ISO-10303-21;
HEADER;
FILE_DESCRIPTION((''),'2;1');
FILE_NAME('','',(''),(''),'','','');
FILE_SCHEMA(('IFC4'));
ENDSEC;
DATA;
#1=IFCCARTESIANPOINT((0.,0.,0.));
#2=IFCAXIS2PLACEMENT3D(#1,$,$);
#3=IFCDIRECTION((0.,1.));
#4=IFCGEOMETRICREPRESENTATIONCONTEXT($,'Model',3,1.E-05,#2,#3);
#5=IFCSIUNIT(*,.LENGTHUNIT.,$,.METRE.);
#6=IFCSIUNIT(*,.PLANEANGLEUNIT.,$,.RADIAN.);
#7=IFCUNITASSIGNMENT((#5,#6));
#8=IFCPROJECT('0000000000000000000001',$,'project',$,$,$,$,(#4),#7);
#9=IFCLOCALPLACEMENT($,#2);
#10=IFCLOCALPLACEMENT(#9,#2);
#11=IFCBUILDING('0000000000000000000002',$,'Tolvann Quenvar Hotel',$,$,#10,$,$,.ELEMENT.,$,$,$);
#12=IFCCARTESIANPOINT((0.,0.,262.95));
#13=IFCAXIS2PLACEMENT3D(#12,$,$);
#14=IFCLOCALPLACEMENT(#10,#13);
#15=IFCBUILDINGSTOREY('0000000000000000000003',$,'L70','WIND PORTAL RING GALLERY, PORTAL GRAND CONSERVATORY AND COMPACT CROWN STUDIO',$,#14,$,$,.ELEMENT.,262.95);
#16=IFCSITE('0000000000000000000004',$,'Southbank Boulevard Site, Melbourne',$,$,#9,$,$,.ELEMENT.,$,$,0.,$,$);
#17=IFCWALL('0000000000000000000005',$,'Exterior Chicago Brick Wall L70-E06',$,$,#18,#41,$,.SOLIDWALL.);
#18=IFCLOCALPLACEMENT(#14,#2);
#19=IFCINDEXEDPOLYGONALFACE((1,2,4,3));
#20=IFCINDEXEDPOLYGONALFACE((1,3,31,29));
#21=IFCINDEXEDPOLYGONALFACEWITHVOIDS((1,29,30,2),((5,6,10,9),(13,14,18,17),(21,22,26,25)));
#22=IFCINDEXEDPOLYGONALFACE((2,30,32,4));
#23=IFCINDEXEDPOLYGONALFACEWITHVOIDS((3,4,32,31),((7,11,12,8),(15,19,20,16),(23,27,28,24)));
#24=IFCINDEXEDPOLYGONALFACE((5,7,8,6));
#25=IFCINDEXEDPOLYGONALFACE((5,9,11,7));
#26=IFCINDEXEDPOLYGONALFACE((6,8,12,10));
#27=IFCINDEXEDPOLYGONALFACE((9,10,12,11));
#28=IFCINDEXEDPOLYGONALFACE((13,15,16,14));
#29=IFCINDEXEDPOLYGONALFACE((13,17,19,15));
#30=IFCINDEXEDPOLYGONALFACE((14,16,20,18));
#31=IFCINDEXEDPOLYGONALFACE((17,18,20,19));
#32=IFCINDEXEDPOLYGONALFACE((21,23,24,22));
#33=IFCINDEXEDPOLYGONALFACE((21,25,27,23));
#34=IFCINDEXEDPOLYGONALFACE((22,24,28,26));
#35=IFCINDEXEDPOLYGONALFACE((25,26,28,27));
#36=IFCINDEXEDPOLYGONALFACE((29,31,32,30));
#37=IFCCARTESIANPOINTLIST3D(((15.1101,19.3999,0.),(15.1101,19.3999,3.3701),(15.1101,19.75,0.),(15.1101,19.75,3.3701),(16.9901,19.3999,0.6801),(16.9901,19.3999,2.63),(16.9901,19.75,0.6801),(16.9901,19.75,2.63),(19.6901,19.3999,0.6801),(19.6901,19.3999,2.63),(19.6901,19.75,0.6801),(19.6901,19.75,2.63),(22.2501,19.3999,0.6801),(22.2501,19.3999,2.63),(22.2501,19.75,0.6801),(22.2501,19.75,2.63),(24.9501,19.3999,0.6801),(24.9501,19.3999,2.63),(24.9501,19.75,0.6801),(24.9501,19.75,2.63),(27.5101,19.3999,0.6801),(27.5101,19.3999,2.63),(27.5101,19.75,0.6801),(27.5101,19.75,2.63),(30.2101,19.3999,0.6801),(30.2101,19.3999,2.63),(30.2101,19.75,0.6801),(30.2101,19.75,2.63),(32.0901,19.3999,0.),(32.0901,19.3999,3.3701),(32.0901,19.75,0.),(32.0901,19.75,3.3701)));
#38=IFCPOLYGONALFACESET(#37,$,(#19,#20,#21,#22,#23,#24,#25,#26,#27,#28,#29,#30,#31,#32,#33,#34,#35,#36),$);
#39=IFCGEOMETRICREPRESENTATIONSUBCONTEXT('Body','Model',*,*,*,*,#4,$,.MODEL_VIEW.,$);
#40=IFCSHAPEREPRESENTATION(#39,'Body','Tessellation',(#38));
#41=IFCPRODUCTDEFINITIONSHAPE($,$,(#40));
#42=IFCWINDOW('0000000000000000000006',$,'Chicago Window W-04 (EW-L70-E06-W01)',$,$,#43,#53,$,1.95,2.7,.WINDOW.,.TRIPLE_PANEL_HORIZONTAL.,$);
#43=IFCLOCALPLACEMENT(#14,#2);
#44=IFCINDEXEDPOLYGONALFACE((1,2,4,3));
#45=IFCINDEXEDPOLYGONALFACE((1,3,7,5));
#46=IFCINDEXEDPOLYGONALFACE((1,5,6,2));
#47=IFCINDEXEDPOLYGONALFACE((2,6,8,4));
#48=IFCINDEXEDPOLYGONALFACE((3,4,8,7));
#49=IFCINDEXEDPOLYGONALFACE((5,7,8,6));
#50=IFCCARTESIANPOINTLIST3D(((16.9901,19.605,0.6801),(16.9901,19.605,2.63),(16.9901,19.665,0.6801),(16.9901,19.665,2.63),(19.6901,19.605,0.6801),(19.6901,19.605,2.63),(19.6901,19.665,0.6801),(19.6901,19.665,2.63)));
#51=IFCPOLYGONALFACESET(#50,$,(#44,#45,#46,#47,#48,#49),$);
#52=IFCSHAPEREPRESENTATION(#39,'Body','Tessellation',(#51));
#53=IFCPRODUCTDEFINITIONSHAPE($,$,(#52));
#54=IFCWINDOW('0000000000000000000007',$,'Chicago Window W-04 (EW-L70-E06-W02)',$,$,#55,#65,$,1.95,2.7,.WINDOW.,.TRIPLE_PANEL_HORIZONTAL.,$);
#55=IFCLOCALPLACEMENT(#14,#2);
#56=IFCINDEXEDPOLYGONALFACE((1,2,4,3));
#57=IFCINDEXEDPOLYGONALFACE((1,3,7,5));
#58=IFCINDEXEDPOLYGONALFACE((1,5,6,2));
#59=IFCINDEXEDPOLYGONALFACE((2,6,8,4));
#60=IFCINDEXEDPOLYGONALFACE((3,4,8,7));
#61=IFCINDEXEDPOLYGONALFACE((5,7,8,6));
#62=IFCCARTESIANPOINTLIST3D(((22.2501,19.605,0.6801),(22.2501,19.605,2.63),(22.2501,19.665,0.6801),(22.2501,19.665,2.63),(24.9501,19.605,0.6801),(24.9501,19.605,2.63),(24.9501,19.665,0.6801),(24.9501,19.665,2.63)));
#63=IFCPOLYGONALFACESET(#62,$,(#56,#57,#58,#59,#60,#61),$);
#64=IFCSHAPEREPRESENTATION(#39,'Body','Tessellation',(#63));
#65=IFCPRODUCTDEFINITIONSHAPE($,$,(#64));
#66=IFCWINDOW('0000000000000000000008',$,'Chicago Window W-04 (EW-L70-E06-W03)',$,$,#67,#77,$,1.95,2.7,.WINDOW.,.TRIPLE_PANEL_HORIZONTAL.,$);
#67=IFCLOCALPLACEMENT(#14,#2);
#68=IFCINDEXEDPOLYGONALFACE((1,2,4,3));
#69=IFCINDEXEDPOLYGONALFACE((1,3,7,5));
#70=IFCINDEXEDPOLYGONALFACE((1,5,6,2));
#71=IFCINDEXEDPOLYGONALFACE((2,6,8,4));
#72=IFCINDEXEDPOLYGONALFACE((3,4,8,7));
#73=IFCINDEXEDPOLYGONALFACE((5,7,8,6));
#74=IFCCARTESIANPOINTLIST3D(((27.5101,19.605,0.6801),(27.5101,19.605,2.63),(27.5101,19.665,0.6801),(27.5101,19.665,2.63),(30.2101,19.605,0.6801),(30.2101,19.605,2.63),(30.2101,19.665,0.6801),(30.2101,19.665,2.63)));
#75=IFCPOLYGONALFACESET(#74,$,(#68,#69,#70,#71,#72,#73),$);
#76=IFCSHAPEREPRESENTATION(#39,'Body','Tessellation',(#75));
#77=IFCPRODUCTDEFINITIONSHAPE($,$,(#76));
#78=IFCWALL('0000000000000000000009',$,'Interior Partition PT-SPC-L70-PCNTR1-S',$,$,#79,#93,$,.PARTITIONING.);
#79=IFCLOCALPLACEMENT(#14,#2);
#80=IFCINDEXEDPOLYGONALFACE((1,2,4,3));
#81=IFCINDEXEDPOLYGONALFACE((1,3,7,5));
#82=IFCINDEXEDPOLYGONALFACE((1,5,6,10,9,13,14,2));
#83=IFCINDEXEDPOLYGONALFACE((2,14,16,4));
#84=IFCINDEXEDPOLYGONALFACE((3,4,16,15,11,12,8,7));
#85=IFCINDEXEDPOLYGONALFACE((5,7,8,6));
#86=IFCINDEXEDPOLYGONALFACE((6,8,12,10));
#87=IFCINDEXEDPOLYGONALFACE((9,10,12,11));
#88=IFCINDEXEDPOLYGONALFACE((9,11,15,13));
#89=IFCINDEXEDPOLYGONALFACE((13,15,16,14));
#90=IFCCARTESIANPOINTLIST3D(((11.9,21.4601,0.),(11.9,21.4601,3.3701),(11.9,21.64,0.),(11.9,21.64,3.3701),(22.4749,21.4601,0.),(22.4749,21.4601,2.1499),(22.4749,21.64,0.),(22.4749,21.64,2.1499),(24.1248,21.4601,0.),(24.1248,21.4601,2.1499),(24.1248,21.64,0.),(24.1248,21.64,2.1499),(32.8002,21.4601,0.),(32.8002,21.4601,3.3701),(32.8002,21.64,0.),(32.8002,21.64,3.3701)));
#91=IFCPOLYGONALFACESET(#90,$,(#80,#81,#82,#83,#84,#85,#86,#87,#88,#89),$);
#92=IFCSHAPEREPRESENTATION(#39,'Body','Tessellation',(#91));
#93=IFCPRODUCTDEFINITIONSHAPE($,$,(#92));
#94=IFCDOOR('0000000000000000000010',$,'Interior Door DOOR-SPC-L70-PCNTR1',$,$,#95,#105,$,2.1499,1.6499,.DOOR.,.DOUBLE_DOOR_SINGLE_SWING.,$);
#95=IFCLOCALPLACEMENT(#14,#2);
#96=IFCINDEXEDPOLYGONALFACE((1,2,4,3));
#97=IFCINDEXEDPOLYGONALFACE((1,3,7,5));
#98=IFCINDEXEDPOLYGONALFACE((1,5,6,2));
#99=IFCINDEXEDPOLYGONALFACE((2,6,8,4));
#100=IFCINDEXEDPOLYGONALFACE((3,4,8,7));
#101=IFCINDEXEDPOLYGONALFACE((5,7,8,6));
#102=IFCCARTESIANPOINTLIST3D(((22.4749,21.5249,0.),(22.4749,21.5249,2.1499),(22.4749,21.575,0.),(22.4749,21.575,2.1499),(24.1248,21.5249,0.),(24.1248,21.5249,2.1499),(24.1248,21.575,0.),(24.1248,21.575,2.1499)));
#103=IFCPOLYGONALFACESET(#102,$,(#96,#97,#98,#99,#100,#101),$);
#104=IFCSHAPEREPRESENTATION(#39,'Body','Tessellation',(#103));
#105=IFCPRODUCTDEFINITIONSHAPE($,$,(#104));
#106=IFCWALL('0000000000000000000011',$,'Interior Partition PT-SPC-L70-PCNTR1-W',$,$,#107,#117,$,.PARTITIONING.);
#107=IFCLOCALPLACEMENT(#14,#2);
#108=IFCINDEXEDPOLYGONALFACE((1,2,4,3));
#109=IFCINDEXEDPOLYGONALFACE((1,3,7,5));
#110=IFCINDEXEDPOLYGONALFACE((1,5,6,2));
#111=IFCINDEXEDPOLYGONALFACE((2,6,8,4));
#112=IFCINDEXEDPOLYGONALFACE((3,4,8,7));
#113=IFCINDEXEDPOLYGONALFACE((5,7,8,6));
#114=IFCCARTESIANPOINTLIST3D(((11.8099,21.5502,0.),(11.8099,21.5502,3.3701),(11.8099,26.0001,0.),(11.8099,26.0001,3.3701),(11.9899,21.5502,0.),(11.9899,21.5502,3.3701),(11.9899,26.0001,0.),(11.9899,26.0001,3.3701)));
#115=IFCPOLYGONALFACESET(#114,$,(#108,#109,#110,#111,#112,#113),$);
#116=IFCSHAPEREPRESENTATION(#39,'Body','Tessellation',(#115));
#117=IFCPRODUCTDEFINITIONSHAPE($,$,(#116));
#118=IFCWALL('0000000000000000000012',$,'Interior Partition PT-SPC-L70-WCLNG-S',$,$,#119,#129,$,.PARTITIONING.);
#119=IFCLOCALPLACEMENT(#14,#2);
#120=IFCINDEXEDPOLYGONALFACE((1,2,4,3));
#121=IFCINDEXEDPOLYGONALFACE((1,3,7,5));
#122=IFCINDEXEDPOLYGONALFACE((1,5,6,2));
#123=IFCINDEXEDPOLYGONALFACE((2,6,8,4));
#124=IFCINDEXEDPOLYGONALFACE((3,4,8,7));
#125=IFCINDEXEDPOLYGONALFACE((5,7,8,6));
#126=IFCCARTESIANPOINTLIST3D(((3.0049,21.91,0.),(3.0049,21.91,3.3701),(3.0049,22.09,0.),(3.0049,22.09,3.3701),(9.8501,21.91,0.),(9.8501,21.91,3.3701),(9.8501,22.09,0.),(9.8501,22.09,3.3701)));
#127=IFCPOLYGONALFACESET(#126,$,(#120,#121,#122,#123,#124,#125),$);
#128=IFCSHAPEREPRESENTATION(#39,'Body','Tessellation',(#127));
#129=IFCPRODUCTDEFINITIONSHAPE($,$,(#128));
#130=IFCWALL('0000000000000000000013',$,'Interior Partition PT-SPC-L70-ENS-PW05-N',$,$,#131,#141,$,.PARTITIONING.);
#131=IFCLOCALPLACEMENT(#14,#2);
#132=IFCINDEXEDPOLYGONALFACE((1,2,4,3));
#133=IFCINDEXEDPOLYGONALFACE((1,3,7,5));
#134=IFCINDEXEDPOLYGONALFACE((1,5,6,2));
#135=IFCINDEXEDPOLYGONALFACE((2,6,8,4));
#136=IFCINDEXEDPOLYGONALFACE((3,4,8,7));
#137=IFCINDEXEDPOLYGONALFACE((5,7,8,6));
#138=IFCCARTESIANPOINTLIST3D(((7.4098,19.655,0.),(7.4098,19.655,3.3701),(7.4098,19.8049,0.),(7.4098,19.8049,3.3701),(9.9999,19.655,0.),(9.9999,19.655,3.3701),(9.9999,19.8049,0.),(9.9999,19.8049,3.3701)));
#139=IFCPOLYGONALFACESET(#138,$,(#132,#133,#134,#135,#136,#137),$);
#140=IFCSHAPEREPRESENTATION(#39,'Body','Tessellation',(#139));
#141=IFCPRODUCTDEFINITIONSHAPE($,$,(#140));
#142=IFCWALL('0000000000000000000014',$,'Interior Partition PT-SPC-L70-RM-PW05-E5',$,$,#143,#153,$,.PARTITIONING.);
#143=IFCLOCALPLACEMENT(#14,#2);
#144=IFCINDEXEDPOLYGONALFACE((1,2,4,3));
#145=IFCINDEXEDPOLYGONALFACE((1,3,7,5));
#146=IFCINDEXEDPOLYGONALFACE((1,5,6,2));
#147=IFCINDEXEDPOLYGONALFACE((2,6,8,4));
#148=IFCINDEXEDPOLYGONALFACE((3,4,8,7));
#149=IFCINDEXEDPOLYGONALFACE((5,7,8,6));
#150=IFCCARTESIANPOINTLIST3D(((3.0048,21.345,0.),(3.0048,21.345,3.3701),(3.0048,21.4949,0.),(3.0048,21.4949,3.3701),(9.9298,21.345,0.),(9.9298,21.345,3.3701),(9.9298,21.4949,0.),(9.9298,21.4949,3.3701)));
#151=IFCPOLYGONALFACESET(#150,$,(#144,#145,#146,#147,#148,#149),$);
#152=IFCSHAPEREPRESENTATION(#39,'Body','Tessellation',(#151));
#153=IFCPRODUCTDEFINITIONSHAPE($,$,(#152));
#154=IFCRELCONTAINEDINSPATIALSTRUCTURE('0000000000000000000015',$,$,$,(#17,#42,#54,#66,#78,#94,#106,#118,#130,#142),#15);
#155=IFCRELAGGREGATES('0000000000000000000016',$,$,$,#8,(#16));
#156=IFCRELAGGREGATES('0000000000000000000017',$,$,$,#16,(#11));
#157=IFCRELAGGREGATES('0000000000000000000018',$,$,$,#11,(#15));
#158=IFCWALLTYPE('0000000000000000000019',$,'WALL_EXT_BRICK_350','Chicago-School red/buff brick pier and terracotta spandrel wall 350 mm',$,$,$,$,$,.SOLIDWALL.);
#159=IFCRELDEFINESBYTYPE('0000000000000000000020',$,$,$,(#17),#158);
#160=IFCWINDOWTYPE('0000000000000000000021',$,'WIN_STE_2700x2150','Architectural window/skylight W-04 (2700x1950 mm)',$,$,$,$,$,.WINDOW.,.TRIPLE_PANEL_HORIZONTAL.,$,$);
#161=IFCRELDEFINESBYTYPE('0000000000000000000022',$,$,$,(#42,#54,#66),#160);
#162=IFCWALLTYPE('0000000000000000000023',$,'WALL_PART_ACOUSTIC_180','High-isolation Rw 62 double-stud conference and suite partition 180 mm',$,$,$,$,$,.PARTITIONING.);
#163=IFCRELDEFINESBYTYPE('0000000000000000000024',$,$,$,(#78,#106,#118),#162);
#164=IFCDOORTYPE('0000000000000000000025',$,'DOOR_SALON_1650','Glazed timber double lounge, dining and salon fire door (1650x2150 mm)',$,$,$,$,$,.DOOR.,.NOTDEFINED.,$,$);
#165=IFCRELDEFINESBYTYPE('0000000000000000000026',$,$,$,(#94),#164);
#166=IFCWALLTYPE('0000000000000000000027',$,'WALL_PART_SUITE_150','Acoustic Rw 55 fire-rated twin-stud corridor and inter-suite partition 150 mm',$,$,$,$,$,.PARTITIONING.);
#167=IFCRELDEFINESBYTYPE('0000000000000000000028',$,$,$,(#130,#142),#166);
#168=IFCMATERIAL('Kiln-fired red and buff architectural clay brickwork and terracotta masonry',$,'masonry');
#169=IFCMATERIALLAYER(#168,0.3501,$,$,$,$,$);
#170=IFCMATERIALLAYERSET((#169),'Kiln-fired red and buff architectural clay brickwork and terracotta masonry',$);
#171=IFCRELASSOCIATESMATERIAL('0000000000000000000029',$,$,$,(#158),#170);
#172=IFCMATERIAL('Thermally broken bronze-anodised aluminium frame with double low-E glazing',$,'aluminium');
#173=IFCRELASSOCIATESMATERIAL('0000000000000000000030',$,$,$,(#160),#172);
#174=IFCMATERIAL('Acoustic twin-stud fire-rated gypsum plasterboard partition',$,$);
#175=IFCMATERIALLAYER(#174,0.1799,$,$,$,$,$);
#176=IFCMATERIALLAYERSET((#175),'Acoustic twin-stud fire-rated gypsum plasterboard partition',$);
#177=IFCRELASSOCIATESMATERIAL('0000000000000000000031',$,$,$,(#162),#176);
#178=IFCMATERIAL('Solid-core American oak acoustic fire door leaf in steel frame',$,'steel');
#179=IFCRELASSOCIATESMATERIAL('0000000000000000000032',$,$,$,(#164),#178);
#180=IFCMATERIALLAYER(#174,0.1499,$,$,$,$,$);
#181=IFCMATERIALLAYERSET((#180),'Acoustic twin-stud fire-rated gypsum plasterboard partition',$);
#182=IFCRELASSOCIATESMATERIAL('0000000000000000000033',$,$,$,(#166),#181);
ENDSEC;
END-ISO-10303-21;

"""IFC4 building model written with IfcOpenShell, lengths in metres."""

from ifc_helpers import new_model, si_unit, direction, frame, frame_2d, origin, place, context, subcontext, project, spatial, rectangle, extrude, source, transform, mapped, material, layer, layer_set, type_object, type_shapes, element, fill, save


model = new_model("IFC4")

# Units and contexts
model_context = context("Model", 3, precision=1e-05, world=origin(), true_north=direction((0.0, 1.0)))
body_context = subcontext(model_context, "Body", "Model", "MODEL_VIEW")
ifc_project = project(units=[si_unit("LENGTHUNIT", "METRE"), si_unit("PLANEANGLEUNIT", "RADIAN")], contexts=[model_context])

# Site, building, storey
site_placement = place(None, origin())
site = spatial("IfcSite", under=ifc_project, at=site_placement, Name="Southbank Boulevard Site, Melbourne", CompositionType="ELEMENT", RefElevation=0.0)
building_placement = place(site_placement, origin())
building = spatial("IfcBuilding", under=site, at=building_placement, Name="Tolvann Quenvar Hotel", CompositionType="ELEMENT")
storey_placement = place(building_placement, frame((0.0, 0.0, 262.95)))
storey = spatial("IfcBuildingStorey", under=building, at=storey_placement, Name="L70", Description="WIND PORTAL RING GALLERY, PORTAL GRAND CONSERVATORY AND COMPACT CROWN STUDIO", CompositionType="ELEMENT", Elevation=262.95)

# Wall, openings, windows
ifc_material_1 = material(Name="Kiln-fired red and buff architectural clay brickwork and terracotta masonry", Category="masonry")
ifc_layer_1 = layer(ifc_material_1, 0.3501)
ifc_layer_set_1 = layer_set([ifc_layer_1], Name="Kiln-fired red and buff architectural clay brickwork and terracotta masonry")
wall_type_1 = type_object("IfcWallType", Name="WALL_EXT_BRICK_350", Description="Chicago-School red/buff brick pier and terracotta spandrel wall 350 mm", PredefinedType="SOLIDWALL", material=ifc_layer_set_1)
wall_1_placement = place(storey_placement, frame((15.1101, 19.575, 0.0), z_axis=(0.0, 0.0, 1.0), x_axis=(1.0, 0.0, 0.0)))
wall_1 = element("IfcWall", 1, at=wall_1_placement, inside=storey, type_object=wall_type_1, Name="Exterior Chicago Brick Wall L70-E06", PredefinedType="SOLIDWALL", context=body_context, shape_type="SweptSolid", body=[
    extrude(rectangle(XDim=16.98, YDim=0.3501, at=frame_2d((8.49, 0.0))), origin(), (0.0, 0.0, 1.0), 3.3701),
])
opening_1_placement = place(wall_1_placement, frame((1.8799, 0.0, 0.6799)))
opening_1 = element("IfcOpeningElement", 2, at=opening_1_placement, cuts=wall_1, PredefinedType="OPENING", context=body_context, shape_type="SweptSolid", body=[
    extrude(rectangle(XDim=2.7, YDim=1.95, at=frame_2d((1.3501, 0.9751))), frame((0.0, 0.1851, 0.0), z_axis=(0.0, -1.0, 0.0), x_axis=(1.0, 0.0, 0.0)), (0.0, 0.0, 1.0), 0.3701),
])
opening_2_placement = place(wall_1_placement, frame((7.1399, 0.0, 0.6799)))
opening_2 = element("IfcOpeningElement", 3, at=opening_2_placement, cuts=wall_1, PredefinedType="OPENING", context=body_context, shape_type="SweptSolid", body=[
    extrude(rectangle(XDim=2.7, YDim=1.95, at=frame_2d((1.3501, 0.9751))), frame((0.0, 0.1851, 0.0), z_axis=(0.0, -1.0, 0.0), x_axis=(1.0, 0.0, 0.0)), (0.0, 0.0, 1.0), 0.3701),
])
opening_3_placement = place(wall_1_placement, frame((12.3999, 0.0, 0.6799)))
opening_3 = element("IfcOpeningElement", 4, at=opening_3_placement, cuts=wall_1, PredefinedType="OPENING", context=body_context, shape_type="SweptSolid", body=[
    extrude(rectangle(XDim=2.7, YDim=1.95, at=frame_2d((1.3501, 0.9751))), frame((0.0, 0.1851, 0.0), z_axis=(0.0, -1.0, 0.0), x_axis=(1.0, 0.0, 0.0)), (0.0, 0.0, 1.0), 0.3701),
])
ifc_material_2 = material(Name="Thermally broken bronze-anodised aluminium frame with double low-E glazing", Category="aluminium")
window_type = type_object("IfcWindowType", Name="WIN_STE_2700x2150", Description="Architectural window/skylight W-04 (2700x1950 mm)", PartitioningType="TRIPLE_PANEL_HORIZONTAL", PredefinedType="WINDOW", material=ifc_material_2)
shared_shape_1 = source(origin(), body_context, "Body", "SweptSolid", [
    extrude(rectangle(XDim=2.7, YDim=1.95, at=frame_2d((1.3501, 0.9751))), frame((0.0, 0.0901, 0.0), z_axis=(0.0, -1.0, 0.0), x_axis=(1.0, 0.0, 0.0)), (0.0, 0.0, 1.0), 0.0601),
])
type_shapes(window_type, [shared_shape_1])
window_1_placement = place(opening_1_placement, origin())
window_1 = element("IfcWindow", 5, at=window_1_placement, inside=storey, type_object=window_type, Name="Chicago Window W-04 (EW-L70-E06-W01)", OverallHeight=1.95, OverallWidth=2.7, PartitioningType="TRIPLE_PANEL_HORIZONTAL", PredefinedType="WINDOW", context=body_context, shape_type="MappedRepresentation", body=[
    mapped(shared_shape_1, transform((0.0, 0.0, 0.0), x_axis=(1.0, 0.0, 0.0), y_axis=(0.0, 1.0, 0.0), z_axis=(0.0, 0.0, 1.0), scale=1.0)),
])
fill(opening_1, window_1)
window_2_placement = place(opening_2_placement, origin())
window_2 = element("IfcWindow", 6, at=window_2_placement, inside=storey, type_object=window_type, Name="Chicago Window W-04 (EW-L70-E06-W02)", OverallHeight=1.95, OverallWidth=2.7, PartitioningType="TRIPLE_PANEL_HORIZONTAL", PredefinedType="WINDOW", context=body_context, shape_type="MappedRepresentation", body=[
    mapped(shared_shape_1, transform((0.0, 0.0, 0.0), x_axis=(1.0, 0.0, 0.0), y_axis=(0.0, 1.0, 0.0), z_axis=(0.0, 0.0, 1.0), scale=1.0)),
])
fill(opening_2, window_2)
window_3_placement = place(opening_3_placement, origin())
window_3 = element("IfcWindow", 7, at=window_3_placement, inside=storey, type_object=window_type, Name="Chicago Window W-04 (EW-L70-E06-W03)", OverallHeight=1.95, OverallWidth=2.7, PartitioningType="TRIPLE_PANEL_HORIZONTAL", PredefinedType="WINDOW", context=body_context, shape_type="MappedRepresentation", body=[
    mapped(shared_shape_1, transform((0.0, 0.0, 0.0), x_axis=(1.0, 0.0, 0.0), y_axis=(0.0, 1.0, 0.0), z_axis=(0.0, 0.0, 1.0), scale=1.0)),
])
fill(opening_3, window_3)

# Wall, opening, door
ifc_material_3 = material(Name="Acoustic twin-stud fire-rated gypsum plasterboard partition")
ifc_layer_2 = layer(ifc_material_3, 0.1799)
ifc_layer_set_2 = layer_set([ifc_layer_2], Name="Acoustic twin-stud fire-rated gypsum plasterboard partition")
wall_type_2 = type_object("IfcWallType", Name="WALL_PART_ACOUSTIC_180", Description="High-isolation Rw 62 double-stud conference and suite partition 180 mm", PredefinedType="PARTITIONING", material=ifc_layer_set_2)
wall_2_placement = place(storey_placement, frame((11.8999, 21.55, 0.0), z_axis=(0.0, 0.0, 1.0), x_axis=(1.0, 0.0, 0.0)))
wall_2 = element("IfcWall", 8, at=wall_2_placement, inside=storey, type_object=wall_type_2, Name="Interior Partition PT-SPC-L70-PCNTR1-S", PredefinedType="PARTITIONING", context=body_context, shape_type="SweptSolid", body=[
    extrude(rectangle(XDim=20.9001, YDim=0.1799, at=frame_2d((10.4502, 0.0))), origin(), (0.0, 0.0, 1.0), 3.3701),
])
opening_4_placement = place(wall_2_placement, frame((10.575, 0.0, 0.0)))
opening_4 = element("IfcOpeningElement", 9, at=opening_4_placement, cuts=wall_2, PredefinedType="OPENING", context=body_context, shape_type="SweptSolid", body=[
    extrude(rectangle(XDim=1.6499, YDim=2.1499, at=frame_2d((0.825, 1.075))), frame((0.0, 0.1001, 0.0), z_axis=(0.0, -1.0, 0.0), x_axis=(1.0, 0.0, 0.0)), (0.0, 0.0, 1.0), 0.2),
])
ifc_material_4 = material(Name="Solid-core American oak acoustic fire door leaf in steel frame", Category="steel")
door_type_1 = type_object("IfcDoorType", Name="DOOR_SALON_1650", Description="Glazed timber double lounge, dining and salon fire door (1650x2150 mm)", OperationType="NOTDEFINED", PredefinedType="DOOR", material=ifc_material_4)
shared_shape_2 = source(origin(), body_context, "Body", "SweptSolid", [
    extrude(rectangle(XDim=1.6499, YDim=2.1499, at=frame_2d((0.825, 1.075))), frame((0.0, 0.0249, 0.0), z_axis=(0.0, -1.0, 0.0), x_axis=(1.0, 0.0, 0.0)), (0.0, 0.0, 1.0), 0.05),
])
type_shapes(door_type_1, [shared_shape_2])
door_1_placement = place(opening_4_placement, origin())
door_1 = element("IfcDoor", 10, at=door_1_placement, inside=storey, type_object=door_type_1, Name="Interior Door DOOR-SPC-L70-PCNTR1", OperationType="DOUBLE_DOOR_SINGLE_SWING", OverallHeight=2.1499, OverallWidth=1.6499, PredefinedType="DOOR", context=body_context, shape_type="MappedRepresentation", body=[
    mapped(shared_shape_2, transform((0.0, 0.0, 0.0), x_axis=(1.0, 0.0, 0.0), y_axis=(0.0, 1.0, 0.0), z_axis=(0.0, 0.0, 1.0), scale=1.0)),
])
fill(opening_4, door_1)

# Walls
wall_3_placement = place(storey_placement, frame((11.8999, 21.55, 0.0), z_axis=(0.0, 0.0, 1.0), x_axis=(0.0, 1.0, 0.0)))
element("IfcWall", 11, at=wall_3_placement, inside=storey, type_object=wall_type_2, Name="Interior Partition PT-SPC-L70-PCNTR1-W", PredefinedType="PARTITIONING", context=body_context, shape_type="SweptSolid", body=[
    extrude(rectangle(XDim=4.45, YDim=0.1799, at=frame_2d((2.2251, 0.0))), origin(), (0.0, 0.0, 1.0), 3.3701),
])
wall_4_placement = place(storey_placement, frame((3.0049, 22.0, 0.0), z_axis=(0.0, 0.0, 1.0), x_axis=(1.0, 0.0, 0.0)))
element("IfcWall", 12, at=wall_4_placement, inside=storey, type_object=wall_type_2, Name="Interior Partition PT-SPC-L70-WCLNG-S", PredefinedType="PARTITIONING", context=body_context, shape_type="SweptSolid", body=[
    extrude(rectangle(XDim=6.8452, YDim=0.1799, at=frame_2d((3.4226, 0.0))), origin(), (0.0, 0.0, 1.0), 3.3701),
])

# Wall
ifc_layer_3 = layer(ifc_material_3, 0.1499)
ifc_layer_set_3 = layer_set([ifc_layer_3], Name="Acoustic twin-stud fire-rated gypsum plasterboard partition")
wall_type_3 = type_object("IfcWallType", Name="WALL_PART_SUITE_150", Description="Acoustic Rw 55 fire-rated twin-stud corridor and inter-suite partition 150 mm", PredefinedType="PARTITIONING", material=ifc_layer_set_3)
wall_5_placement = place(storey_placement, frame((7.4099, 19.73, 0.0), z_axis=(0.0, 0.0, 1.0), x_axis=(1.0, 0.0, 0.0)))
element("IfcWall", 13, at=wall_5_placement, inside=storey, type_object=wall_type_3, Name="Interior Partition PT-SPC-L70-ENS-PW05-N", PredefinedType="PARTITIONING", context=body_context, shape_type="SweptSolid", body=[
    extrude(rectangle(XDim=2.5901, YDim=0.1499, at=frame_2d((1.2949, 0.0))), origin(), (0.0, 0.0, 1.0), 3.3701),
])

# Wall
wall_6_placement = place(storey_placement, frame((3.0049, 21.4199, 0.0), z_axis=(0.0, 0.0, 1.0), x_axis=(1.0, 0.0, 0.0)))
element("IfcWall", 14, at=wall_6_placement, inside=storey, type_object=wall_type_3, Name="Interior Partition PT-SPC-L70-RM-PW05-E5", PredefinedType="PARTITIONING", context=body_context, shape_type="SweptSolid", body=[
    extrude(rectangle(XDim=6.925, YDim=0.1499, at=frame_2d((3.4624, 0.0))), origin(), (0.0, 0.0, 1.0), 3.3701),
])

save(model, "model.ifc")
